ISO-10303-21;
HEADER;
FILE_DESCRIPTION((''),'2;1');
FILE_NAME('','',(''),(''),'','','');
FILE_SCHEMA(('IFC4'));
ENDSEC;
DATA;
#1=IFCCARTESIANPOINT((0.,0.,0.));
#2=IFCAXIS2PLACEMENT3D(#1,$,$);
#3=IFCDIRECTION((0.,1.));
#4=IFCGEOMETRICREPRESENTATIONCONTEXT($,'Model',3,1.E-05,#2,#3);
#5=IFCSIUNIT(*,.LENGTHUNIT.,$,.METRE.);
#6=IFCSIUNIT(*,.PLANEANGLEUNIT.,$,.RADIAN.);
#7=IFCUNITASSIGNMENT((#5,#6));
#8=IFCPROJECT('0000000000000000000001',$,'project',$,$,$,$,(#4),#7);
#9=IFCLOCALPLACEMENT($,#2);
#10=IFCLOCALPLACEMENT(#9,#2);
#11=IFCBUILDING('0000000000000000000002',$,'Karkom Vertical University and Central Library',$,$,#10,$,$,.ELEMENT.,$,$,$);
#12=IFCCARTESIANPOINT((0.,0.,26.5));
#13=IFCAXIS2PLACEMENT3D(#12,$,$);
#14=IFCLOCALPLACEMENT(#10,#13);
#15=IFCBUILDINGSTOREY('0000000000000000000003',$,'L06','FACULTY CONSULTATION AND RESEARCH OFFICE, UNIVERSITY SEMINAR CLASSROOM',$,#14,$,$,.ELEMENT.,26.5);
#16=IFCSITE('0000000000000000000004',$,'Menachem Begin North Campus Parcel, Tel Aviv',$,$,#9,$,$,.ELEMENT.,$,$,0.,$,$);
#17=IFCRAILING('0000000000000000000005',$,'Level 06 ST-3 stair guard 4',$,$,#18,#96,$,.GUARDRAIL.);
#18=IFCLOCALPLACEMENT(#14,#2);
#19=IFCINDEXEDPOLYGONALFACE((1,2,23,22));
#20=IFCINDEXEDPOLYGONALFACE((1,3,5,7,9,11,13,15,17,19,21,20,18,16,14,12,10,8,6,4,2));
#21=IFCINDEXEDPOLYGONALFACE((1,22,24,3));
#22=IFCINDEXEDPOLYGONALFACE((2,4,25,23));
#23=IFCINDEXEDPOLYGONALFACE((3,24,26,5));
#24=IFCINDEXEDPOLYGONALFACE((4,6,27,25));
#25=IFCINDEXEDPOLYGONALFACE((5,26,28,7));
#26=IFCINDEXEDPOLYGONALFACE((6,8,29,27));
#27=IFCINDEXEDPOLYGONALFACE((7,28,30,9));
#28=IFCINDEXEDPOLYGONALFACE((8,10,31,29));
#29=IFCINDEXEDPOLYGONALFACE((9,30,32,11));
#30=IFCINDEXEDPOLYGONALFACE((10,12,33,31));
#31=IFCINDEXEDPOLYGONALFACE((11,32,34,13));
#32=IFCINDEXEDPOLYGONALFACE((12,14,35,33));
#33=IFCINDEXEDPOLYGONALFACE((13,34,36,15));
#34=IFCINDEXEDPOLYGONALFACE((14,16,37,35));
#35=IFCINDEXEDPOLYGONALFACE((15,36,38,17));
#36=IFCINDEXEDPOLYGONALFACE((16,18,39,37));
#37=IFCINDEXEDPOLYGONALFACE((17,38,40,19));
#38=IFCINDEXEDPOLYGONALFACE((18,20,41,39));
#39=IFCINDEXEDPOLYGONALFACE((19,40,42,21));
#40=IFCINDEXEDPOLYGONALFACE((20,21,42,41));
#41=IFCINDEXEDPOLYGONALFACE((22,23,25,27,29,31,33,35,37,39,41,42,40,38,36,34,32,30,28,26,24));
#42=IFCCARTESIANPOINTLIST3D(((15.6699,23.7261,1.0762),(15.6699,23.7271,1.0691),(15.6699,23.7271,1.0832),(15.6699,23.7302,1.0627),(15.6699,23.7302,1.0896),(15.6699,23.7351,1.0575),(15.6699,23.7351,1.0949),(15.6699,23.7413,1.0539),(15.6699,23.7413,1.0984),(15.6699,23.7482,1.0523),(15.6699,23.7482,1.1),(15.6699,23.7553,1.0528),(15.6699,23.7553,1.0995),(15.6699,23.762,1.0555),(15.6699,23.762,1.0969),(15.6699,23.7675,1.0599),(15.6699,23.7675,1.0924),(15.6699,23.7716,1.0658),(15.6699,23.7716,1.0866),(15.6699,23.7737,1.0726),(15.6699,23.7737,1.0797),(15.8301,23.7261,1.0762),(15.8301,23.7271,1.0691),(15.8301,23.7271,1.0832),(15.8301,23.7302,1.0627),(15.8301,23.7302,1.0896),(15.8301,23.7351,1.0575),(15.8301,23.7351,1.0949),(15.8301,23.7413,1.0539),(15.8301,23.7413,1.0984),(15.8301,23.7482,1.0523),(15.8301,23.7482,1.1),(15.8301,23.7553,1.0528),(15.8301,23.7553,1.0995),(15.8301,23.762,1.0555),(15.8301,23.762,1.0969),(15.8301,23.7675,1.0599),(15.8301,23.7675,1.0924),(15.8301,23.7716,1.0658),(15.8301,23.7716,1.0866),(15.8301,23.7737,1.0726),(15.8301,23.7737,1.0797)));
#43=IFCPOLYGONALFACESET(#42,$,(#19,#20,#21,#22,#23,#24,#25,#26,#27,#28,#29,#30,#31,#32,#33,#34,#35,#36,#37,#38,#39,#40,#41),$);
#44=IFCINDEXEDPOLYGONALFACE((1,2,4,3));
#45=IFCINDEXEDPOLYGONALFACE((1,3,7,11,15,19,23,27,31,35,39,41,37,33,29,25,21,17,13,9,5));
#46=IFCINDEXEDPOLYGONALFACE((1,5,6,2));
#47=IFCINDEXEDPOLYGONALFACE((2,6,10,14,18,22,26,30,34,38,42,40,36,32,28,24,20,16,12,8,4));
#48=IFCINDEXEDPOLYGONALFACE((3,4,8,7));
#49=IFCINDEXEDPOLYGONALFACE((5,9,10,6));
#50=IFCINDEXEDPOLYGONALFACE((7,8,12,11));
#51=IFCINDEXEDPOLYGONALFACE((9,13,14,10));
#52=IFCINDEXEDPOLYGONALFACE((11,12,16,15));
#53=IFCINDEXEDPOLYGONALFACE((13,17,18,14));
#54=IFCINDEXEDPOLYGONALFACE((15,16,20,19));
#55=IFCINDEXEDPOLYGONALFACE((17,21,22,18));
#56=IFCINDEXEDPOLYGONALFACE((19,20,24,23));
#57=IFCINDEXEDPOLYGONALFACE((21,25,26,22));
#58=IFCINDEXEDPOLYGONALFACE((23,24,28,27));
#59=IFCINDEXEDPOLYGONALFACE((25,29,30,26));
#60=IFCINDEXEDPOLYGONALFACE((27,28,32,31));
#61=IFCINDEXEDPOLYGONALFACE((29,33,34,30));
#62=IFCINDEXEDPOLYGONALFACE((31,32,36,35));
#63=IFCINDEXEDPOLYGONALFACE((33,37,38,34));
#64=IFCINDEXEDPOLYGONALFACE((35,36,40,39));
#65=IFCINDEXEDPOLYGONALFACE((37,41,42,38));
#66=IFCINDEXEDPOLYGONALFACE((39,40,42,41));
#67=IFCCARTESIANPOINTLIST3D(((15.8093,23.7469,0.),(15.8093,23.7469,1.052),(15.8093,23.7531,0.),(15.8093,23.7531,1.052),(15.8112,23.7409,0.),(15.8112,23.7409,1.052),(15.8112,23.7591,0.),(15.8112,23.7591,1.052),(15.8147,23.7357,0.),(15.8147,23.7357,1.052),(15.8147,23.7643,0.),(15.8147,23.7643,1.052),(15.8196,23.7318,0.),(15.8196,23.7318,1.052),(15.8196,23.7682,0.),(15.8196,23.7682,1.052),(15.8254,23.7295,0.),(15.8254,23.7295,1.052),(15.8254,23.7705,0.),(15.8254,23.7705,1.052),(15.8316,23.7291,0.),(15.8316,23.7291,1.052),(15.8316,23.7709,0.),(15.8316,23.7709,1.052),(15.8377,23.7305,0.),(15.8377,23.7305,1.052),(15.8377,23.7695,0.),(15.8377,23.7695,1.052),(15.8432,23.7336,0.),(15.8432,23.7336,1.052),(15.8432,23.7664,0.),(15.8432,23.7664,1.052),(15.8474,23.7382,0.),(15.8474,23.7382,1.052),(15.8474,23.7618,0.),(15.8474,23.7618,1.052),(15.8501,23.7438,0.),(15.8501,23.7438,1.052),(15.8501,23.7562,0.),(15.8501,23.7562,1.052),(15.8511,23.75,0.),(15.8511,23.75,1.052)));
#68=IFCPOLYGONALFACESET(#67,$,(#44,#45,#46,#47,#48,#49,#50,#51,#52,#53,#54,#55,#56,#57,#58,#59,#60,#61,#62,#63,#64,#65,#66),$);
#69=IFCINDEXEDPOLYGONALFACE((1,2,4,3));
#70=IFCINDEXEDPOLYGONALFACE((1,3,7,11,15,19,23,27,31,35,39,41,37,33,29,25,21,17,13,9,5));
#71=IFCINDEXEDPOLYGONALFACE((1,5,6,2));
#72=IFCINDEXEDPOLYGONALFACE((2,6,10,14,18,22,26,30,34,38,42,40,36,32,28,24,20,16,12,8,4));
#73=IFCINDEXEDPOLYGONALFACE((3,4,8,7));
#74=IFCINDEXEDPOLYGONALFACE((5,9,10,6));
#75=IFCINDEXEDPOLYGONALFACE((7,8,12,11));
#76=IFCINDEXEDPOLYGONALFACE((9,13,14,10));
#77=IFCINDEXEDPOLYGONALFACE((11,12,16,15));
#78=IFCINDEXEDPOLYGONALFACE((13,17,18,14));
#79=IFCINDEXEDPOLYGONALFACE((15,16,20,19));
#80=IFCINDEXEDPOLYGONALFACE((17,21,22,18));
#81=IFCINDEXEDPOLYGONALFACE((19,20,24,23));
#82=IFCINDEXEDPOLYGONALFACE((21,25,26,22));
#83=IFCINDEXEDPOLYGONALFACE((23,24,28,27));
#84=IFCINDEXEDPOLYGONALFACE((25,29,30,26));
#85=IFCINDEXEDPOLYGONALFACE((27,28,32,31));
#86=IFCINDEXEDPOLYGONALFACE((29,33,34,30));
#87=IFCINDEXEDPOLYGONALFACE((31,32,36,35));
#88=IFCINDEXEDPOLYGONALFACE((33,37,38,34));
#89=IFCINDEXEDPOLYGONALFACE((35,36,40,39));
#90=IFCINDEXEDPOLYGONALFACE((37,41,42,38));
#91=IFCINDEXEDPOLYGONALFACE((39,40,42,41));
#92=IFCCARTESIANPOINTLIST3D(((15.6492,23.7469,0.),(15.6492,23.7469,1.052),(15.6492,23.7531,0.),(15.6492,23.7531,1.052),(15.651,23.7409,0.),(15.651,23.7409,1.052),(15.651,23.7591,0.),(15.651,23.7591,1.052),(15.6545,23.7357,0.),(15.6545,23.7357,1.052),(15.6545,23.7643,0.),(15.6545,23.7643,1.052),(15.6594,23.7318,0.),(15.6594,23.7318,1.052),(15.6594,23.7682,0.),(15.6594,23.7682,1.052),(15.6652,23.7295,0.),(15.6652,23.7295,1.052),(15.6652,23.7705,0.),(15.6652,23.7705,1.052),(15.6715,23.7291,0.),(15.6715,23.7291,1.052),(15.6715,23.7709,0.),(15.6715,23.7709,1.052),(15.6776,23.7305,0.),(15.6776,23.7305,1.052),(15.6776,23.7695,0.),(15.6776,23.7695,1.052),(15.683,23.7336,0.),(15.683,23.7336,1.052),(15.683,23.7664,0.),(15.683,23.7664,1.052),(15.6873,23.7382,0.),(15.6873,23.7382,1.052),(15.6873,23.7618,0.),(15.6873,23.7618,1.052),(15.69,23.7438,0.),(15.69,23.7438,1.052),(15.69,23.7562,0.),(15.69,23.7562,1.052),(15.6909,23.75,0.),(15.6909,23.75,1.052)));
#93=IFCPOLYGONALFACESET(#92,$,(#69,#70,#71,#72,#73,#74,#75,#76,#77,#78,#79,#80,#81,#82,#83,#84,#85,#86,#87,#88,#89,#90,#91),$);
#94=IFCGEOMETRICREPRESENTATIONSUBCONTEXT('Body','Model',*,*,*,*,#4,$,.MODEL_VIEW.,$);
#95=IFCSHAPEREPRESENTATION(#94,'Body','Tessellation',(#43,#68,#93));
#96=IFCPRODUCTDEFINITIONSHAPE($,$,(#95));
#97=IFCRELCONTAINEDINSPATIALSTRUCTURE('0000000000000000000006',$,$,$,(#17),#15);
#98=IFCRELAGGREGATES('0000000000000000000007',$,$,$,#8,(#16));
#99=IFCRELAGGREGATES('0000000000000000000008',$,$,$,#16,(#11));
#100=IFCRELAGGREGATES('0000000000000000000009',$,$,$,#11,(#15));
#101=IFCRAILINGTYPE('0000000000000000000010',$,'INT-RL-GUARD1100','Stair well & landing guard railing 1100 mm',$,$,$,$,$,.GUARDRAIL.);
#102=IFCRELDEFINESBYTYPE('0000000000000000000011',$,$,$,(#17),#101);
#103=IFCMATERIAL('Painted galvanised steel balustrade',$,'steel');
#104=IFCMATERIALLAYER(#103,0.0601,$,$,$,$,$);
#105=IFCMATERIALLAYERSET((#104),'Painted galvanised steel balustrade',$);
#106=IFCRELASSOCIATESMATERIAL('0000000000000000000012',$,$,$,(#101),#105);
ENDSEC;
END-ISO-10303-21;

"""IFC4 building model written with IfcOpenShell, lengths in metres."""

from ifc_helpers import new_model, si_unit, direction, frame, origin, origin_2d, place, context, subcontext, project, spatial, circle, extrude, material, layer, layer_set, type_object, element, save


model = new_model("IFC4")

# Units and contexts
model_context = context("Model", 3, precision=1e-05, world=origin(), true_north=direction((0.0, 1.0)))
body_context = subcontext(model_context, "Body", "Model", "MODEL_VIEW")
ifc_project = project(units=[si_unit("LENGTHUNIT", "METRE"), si_unit("PLANEANGLEUNIT", "RADIAN")], contexts=[model_context])

# Site, building, storey
site_placement = place(None, origin())
site = spatial("IfcSite", under=ifc_project, at=site_placement, Name="Menachem Begin North Campus Parcel, Tel Aviv", CompositionType="ELEMENT", RefElevation=0.0)
building_placement = place(site_placement, origin())
building = spatial("IfcBuilding", under=site, at=building_placement, Name="Karkom Vertical University and Central Library", CompositionType="ELEMENT")
storey_placement = place(building_placement, frame((0.0, 0.0, 26.5)))
storey = spatial("IfcBuildingStorey", under=building, at=storey_placement, Name="L06", Description="FACULTY CONSULTATION AND RESEARCH OFFICE, UNIVERSITY SEMINAR CLASSROOM", CompositionType="ELEMENT", Elevation=26.5)

# Railing
ifc_material_1 = material(Name="Painted galvanised steel balustrade", Category="steel")
ifc_layer_1 = layer(ifc_material_1, 0.0601)
ifc_layer_set_1 = layer_set([ifc_layer_1], Name="Painted galvanised steel balustrade")
railing_type_1 = type_object("IfcRailingType", Name="INT-RL-GUARD1100", Description="Stair well & landing guard railing 1100 mm", PredefinedType="GUARDRAIL", material=ifc_layer_set_1)
railing_1_placement = place(storey_placement, frame((15.8301, 23.75, 0.0)))
element("IfcRailing", 1, at=railing_1_placement, inside=storey, type_object=railing_type_1, Name="Level 06 ST-3 stair guard 4", PredefinedType="GUARDRAIL", context=body_context, shape_type="SweptSolid", body=[
    extrude(circle(Radius=0.0239, at=origin_2d()), frame((0.0, 0.0, 1.0762), z_axis=(-1.0, 0.0, 0.0), x_axis=(0.0, -1.0, 0.0)), (0.0, 0.0, 1.0), 0.1602),
    extrude(circle(Radius=0.021, at=origin_2d()), origin(), (0.0, 0.0, 1.0), 1.052),
    extrude(circle(Radius=0.021, at=origin_2d()), frame((-0.1602, 0.0, 0.0)), (0.0, 0.0, 1.0), 1.052),
])

save(model, "model.ifc")
